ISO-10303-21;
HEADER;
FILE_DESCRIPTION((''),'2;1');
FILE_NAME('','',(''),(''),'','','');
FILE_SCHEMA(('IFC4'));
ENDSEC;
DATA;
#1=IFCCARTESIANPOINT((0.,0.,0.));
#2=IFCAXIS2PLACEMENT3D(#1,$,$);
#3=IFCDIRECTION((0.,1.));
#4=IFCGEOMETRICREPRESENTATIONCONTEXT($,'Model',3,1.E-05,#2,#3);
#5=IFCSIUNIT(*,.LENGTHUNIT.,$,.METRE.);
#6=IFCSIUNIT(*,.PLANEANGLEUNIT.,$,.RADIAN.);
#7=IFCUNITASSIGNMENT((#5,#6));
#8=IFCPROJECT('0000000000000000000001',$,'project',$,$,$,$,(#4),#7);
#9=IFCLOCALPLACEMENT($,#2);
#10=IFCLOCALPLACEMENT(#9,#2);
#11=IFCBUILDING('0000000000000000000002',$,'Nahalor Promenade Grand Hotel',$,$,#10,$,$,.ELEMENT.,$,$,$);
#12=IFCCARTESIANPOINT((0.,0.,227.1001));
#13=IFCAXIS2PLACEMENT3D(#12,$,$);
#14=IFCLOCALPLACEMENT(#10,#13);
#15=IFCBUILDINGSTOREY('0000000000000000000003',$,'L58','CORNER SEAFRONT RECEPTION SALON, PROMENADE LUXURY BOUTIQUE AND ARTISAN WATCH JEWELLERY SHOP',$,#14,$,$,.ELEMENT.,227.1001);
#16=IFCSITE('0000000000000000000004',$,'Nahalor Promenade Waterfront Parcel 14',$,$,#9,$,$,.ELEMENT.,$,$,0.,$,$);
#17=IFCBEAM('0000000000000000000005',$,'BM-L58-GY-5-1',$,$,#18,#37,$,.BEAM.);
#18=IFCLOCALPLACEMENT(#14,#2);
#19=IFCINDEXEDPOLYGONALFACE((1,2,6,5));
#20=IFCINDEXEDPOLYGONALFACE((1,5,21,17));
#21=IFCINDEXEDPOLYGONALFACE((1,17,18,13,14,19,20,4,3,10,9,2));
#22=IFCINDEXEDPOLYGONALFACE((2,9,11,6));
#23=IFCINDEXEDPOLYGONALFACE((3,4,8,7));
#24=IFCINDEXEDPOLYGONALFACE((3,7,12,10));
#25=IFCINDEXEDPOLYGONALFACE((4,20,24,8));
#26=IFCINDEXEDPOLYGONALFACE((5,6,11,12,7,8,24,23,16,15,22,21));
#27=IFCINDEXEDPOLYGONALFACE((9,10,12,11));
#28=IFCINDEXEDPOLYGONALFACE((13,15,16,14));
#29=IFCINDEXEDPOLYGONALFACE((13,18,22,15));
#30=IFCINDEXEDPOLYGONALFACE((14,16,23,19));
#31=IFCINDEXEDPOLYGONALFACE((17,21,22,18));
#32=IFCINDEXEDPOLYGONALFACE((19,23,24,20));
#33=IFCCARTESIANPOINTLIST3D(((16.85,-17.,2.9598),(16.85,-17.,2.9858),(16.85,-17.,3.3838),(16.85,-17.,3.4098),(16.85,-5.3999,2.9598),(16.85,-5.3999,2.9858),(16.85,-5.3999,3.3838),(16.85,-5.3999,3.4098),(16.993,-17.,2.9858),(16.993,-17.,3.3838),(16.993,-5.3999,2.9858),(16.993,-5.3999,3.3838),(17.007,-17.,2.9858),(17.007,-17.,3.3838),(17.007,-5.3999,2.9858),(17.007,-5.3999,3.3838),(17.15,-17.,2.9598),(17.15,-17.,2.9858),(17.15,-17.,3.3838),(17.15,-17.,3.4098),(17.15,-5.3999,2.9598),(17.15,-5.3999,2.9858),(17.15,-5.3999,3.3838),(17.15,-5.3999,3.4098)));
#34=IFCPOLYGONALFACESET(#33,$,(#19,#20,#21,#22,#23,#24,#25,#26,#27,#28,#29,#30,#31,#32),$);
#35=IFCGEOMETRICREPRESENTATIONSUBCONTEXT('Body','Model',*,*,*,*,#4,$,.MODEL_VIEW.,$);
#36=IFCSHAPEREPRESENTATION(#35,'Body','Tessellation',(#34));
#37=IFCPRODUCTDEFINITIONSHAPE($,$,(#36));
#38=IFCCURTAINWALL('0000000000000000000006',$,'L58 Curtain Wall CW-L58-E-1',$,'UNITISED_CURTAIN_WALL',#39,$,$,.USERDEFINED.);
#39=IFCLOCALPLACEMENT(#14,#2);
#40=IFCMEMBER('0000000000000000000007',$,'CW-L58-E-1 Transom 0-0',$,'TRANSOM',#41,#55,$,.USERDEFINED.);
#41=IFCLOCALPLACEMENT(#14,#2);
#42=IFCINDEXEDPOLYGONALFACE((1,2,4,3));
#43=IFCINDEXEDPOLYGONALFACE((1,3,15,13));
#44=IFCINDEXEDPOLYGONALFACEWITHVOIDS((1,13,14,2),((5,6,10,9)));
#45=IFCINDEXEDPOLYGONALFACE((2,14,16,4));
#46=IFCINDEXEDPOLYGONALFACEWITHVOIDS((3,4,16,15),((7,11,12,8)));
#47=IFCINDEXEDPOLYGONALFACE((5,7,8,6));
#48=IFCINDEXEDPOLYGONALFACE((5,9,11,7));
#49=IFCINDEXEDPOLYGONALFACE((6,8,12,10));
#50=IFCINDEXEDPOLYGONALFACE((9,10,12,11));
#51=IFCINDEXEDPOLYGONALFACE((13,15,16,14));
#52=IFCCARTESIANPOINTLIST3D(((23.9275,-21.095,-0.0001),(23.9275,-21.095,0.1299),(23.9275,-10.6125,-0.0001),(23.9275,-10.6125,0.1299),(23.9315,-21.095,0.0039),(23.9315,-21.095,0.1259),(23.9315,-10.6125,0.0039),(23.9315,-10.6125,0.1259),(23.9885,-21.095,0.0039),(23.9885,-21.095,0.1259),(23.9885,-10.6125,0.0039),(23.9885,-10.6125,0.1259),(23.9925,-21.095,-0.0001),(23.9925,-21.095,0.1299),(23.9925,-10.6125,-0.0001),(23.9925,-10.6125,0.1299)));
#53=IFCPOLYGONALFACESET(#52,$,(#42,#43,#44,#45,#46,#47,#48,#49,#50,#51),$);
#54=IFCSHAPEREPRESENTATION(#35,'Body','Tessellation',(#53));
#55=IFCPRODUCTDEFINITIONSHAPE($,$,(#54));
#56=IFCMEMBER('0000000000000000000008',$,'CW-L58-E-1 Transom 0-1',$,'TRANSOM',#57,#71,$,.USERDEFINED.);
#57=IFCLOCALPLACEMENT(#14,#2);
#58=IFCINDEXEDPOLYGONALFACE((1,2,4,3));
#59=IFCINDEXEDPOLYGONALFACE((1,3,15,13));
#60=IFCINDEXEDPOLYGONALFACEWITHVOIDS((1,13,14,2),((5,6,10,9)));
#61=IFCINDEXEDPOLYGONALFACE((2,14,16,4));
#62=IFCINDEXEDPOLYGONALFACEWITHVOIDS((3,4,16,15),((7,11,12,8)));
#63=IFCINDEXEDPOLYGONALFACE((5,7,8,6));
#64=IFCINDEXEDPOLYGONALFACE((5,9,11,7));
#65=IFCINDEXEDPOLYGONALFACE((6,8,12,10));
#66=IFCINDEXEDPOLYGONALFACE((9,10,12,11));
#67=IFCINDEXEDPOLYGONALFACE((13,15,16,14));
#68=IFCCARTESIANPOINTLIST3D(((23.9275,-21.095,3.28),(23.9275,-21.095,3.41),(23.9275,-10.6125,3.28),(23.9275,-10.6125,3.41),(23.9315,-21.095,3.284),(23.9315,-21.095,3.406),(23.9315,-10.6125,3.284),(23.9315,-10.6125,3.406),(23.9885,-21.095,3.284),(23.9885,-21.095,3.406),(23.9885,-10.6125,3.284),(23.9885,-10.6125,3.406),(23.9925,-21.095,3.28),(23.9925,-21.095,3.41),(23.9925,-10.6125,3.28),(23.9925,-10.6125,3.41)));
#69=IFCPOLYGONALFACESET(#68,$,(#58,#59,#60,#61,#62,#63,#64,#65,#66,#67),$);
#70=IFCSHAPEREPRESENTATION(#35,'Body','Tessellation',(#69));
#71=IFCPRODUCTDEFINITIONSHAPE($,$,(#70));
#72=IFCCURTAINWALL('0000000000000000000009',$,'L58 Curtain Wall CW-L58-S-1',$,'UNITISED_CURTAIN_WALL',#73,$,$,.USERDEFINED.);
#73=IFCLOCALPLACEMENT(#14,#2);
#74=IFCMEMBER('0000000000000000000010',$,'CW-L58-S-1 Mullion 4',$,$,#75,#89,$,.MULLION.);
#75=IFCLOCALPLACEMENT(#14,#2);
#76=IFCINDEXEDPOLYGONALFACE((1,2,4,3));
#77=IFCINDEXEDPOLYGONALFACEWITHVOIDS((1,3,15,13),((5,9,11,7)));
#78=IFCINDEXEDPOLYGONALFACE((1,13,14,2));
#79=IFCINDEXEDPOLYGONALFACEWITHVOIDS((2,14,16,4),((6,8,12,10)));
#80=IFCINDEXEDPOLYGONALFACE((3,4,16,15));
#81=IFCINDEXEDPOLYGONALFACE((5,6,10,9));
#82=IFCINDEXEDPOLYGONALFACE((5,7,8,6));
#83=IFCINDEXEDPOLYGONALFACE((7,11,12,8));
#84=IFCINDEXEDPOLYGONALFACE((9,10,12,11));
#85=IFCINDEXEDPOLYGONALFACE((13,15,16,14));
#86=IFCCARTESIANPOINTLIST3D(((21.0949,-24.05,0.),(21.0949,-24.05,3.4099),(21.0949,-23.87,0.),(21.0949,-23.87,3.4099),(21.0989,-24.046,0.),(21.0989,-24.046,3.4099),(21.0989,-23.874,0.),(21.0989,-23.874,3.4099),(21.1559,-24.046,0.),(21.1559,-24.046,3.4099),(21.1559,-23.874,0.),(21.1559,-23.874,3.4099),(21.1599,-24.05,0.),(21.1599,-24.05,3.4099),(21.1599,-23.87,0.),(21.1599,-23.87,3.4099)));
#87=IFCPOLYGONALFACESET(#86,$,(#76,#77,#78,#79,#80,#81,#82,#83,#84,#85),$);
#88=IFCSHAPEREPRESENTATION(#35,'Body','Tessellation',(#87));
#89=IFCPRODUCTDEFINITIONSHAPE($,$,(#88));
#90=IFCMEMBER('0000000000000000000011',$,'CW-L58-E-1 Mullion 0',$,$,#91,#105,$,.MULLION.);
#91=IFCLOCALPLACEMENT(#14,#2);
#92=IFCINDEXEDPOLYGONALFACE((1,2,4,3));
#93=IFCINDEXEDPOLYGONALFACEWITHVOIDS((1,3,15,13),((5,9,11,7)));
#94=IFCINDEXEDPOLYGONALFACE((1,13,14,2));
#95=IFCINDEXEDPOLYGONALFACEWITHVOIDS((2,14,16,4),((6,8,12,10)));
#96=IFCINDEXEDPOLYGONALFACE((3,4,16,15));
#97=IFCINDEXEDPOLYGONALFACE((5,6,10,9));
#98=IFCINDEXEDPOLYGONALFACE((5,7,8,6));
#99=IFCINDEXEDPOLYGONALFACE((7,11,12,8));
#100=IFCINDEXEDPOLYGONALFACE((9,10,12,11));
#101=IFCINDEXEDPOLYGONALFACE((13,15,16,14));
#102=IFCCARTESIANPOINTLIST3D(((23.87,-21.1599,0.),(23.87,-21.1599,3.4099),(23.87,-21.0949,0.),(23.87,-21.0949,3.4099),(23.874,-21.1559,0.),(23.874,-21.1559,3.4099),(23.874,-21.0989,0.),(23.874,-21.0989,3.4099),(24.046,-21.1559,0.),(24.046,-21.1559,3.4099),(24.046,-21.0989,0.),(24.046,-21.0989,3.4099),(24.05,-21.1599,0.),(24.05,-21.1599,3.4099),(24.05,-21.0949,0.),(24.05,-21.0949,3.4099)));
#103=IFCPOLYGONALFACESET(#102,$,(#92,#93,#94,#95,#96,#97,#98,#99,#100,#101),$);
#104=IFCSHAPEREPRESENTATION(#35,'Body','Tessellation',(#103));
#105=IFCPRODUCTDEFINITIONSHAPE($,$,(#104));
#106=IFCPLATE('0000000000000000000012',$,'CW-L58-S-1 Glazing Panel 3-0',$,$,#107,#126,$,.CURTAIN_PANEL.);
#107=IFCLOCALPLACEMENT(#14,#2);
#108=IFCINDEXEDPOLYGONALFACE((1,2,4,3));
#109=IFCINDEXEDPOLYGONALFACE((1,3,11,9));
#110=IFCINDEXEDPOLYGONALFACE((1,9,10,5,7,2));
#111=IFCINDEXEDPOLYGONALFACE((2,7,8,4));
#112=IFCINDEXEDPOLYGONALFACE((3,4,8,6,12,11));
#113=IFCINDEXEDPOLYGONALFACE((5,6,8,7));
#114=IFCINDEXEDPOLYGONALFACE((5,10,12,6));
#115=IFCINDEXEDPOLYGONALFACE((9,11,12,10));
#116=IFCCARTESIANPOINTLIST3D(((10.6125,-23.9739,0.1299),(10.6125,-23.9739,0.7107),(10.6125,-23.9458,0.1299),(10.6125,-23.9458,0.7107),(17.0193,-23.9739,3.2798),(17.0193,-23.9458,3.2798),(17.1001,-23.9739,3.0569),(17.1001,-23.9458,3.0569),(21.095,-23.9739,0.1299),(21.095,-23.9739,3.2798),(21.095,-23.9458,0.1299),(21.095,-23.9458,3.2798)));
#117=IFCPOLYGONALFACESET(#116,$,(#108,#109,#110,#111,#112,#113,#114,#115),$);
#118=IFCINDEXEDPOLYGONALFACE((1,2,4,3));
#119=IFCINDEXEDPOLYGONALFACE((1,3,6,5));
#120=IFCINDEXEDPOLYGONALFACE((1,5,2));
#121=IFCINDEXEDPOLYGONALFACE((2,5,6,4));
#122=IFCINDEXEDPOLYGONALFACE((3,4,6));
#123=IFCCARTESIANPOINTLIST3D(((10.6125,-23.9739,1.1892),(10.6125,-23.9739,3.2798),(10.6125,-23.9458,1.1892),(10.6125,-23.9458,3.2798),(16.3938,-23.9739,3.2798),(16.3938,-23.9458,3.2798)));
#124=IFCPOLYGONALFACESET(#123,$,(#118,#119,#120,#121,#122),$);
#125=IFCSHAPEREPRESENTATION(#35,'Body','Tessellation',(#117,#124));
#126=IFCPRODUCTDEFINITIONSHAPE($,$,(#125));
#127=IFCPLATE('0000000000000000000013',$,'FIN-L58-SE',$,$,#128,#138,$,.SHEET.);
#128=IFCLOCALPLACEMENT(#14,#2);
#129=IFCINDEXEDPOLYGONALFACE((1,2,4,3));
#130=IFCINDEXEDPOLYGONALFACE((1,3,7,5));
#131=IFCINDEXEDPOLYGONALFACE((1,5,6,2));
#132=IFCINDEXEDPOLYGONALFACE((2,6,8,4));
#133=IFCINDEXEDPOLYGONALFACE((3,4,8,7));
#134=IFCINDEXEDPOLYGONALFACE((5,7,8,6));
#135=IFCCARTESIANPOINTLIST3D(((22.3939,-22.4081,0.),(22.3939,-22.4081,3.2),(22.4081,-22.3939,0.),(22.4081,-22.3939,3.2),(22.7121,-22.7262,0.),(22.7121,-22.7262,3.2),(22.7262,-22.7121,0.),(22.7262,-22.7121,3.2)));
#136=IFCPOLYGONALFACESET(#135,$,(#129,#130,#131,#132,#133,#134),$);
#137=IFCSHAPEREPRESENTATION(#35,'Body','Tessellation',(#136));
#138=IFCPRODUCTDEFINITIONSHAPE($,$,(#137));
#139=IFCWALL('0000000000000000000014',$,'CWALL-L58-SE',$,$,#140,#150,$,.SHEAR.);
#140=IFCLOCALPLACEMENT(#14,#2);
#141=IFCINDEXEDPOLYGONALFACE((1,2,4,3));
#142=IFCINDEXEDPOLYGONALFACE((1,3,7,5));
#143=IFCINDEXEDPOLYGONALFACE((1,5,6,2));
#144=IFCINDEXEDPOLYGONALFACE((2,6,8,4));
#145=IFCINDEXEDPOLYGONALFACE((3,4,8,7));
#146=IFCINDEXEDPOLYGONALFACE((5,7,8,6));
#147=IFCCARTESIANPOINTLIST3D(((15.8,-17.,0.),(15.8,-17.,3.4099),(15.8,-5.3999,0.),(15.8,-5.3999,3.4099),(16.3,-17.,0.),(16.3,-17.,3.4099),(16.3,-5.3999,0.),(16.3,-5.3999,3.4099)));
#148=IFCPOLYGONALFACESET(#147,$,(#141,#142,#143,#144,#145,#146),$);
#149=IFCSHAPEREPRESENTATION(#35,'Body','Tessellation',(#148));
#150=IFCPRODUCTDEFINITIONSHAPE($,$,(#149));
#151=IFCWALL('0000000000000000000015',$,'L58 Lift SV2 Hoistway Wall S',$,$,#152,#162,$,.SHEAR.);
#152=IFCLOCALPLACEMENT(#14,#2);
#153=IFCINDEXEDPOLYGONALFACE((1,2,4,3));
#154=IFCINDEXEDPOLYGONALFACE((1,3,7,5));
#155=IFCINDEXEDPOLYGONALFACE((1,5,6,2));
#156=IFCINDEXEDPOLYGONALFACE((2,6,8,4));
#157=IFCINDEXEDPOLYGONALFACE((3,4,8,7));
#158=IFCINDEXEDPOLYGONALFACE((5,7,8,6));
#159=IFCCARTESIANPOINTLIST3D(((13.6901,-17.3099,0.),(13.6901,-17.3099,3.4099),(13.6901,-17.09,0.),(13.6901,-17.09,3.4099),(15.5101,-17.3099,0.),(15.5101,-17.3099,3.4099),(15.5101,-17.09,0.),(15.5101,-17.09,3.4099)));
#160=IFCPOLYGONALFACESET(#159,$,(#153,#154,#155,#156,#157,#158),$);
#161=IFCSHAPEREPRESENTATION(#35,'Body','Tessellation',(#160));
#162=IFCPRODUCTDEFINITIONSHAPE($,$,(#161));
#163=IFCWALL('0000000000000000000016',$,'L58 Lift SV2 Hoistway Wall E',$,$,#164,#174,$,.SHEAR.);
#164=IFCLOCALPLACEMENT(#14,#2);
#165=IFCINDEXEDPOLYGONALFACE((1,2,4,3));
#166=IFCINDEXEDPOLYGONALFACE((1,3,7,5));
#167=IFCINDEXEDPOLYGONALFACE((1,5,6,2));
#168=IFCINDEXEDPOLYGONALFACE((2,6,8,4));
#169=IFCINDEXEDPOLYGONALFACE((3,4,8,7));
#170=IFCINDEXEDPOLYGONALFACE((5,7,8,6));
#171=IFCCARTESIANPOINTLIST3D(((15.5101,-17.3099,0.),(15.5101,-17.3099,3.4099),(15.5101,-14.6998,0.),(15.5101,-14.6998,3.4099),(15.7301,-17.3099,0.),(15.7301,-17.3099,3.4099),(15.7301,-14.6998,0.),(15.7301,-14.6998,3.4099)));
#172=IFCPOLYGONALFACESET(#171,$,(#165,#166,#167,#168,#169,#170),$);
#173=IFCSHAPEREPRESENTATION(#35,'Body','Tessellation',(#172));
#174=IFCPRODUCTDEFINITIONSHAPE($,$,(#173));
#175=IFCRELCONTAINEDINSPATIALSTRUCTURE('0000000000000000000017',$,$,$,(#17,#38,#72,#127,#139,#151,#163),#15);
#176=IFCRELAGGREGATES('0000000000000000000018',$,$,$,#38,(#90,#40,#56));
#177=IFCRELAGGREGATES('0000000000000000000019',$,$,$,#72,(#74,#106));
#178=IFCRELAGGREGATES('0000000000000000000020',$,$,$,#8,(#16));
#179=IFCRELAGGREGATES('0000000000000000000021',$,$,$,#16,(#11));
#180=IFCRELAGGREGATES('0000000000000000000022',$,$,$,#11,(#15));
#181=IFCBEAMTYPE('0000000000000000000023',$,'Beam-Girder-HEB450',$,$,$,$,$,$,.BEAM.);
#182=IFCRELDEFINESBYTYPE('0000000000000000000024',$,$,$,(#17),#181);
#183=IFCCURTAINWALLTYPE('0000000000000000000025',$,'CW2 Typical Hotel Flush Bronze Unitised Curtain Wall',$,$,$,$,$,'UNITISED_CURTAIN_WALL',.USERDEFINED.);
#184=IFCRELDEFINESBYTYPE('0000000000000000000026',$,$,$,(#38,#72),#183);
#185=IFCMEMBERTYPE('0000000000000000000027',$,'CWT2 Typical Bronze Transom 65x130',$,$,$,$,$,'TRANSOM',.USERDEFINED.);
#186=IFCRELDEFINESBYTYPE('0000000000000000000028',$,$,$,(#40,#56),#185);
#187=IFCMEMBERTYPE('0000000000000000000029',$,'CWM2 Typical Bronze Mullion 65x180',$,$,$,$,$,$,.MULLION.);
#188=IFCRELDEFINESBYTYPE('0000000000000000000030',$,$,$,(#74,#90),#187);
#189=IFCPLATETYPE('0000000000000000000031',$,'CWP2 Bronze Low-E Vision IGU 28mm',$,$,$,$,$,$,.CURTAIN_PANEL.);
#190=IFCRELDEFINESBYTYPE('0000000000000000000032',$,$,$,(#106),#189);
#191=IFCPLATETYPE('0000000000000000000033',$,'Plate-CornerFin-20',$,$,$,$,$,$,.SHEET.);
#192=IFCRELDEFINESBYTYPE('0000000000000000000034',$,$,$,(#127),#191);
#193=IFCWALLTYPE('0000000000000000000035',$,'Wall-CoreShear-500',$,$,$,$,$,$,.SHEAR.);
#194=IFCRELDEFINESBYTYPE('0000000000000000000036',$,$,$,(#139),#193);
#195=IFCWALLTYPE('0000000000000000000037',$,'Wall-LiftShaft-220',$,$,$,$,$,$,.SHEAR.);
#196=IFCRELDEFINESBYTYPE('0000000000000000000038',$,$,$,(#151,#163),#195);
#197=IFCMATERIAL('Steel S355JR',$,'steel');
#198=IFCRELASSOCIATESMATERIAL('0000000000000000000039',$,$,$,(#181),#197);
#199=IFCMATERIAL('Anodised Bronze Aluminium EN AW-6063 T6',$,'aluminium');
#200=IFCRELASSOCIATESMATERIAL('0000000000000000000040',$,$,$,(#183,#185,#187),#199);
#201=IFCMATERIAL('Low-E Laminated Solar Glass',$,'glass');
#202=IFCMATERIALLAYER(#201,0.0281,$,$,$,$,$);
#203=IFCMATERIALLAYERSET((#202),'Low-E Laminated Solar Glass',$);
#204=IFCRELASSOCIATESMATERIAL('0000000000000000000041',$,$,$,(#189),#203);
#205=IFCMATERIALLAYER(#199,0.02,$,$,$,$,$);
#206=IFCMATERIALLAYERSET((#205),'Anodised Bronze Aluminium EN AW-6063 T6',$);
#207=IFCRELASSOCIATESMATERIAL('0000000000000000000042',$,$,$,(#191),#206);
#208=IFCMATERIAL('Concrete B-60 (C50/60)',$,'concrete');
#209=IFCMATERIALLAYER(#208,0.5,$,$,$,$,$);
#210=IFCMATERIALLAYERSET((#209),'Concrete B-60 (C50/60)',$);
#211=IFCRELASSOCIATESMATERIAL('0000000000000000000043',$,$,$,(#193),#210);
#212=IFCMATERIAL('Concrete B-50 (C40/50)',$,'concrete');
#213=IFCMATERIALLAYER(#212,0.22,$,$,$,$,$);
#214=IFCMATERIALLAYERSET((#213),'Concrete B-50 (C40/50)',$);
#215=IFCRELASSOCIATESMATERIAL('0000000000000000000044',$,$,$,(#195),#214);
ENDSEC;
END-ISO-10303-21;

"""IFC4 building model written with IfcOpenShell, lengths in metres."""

from ifc_helpers import new_model, si_unit, direction, frame, frame_2d, origin, origin_2d, place, context, subcontext, project, spatial, polyline, rectangle, hollow_rectangle, i_section, outline, extrude, source, transform, mapped, material, layer, layer_set, material_profile, profile_set, type_object, element, aggregate, save


model = new_model("IFC4")

# Units and contexts
model_context = context("Model", 3, precision=1e-05, world=origin(), true_north=direction((0.0, 1.0)))
body_context = subcontext(model_context, "Body", "Model", "MODEL_VIEW")
ifc_project = project(units=[si_unit("LENGTHUNIT", "METRE"), si_unit("PLANEANGLEUNIT", "RADIAN")], contexts=[model_context])

# Site, building, storey
site_placement = place(None, origin())
site = spatial("IfcSite", under=ifc_project, at=site_placement, Name="Nahalor Promenade Waterfront Parcel 14", CompositionType="ELEMENT", RefElevation=0.0)
building_placement = place(site_placement, origin())
building = spatial("IfcBuilding", under=site, at=building_placement, Name="Nahalor Promenade Grand Hotel", CompositionType="ELEMENT")
storey_placement = place(building_placement, frame((0.0, 0.0, 227.1001)))
storey = spatial("IfcBuildingStorey", under=building, at=storey_placement, Name="L58", Description="CORNER SEAFRONT RECEPTION SALON, PROMENADE LUXURY BOUTIQUE AND ARTISAN WATCH JEWELLERY SHOP", CompositionType="ELEMENT", Elevation=227.1001)

# Shared definitions
ifc_material_1 = material(Name="Concrete B-60 (C50/60)", Category="concrete")
ifc_material_2 = material(Name="Steel S355JR", Category="steel")

# Beam
ifc_material_profile_1 = material_profile(ifc_material_2, i_section(OverallWidth=0.3, OverallDepth=0.45, WebThickness=0.014, FlangeThickness=0.026, at=origin_2d()), Name="HEB 450")
ifc_profile_set_1 = profile_set([ifc_material_profile_1], Name="Steel S355JR")
beam_type_1 = type_object("IfcBeamType", Name="Beam-Girder-HEB450", PredefinedType="BEAM", material=ifc_profile_set_1)
shared_shape_1 = source(origin(), body_context, "Body", "SweptSolid", [
    extrude(i_section(OverallWidth=0.3, OverallDepth=0.45, WebThickness=0.014, FlangeThickness=0.026, at=origin_2d()), origin(), (0.0, 0.0, 1.0), 11.6001),
])
beam_1_placement = place(storey_placement, frame((17.0, -17.0, 3.1848), z_axis=(0.0, 1.0, 0.0), x_axis=(-1.0, 0.0, 0.0)))
element("IfcBeam", 1, at=beam_1_placement, inside=storey, type_object=beam_type_1, Name="BM-L58-GY-5-1", PredefinedType="BEAM", context=body_context, shape_type="MappedRepresentation", body=[
    mapped(shared_shape_1, transform((0.0, 0.0, 0.0), scale=1.0)),
])

# Curtain wall, members
ifc_material_3 = material(Name="Anodised Bronze Aluminium EN AW-6063 T6", Category="aluminium")
curtain_wall_type = type_object("IfcCurtainWallType", Name="CW2 Typical Hotel Flush Bronze Unitised Curtain Wall", ElementType="UNITISED_CURTAIN_WALL", PredefinedType="USERDEFINED", material=ifc_material_3)
curtain_wall_1_placement = place(storey_placement, origin())
curtain_wall_1 = element("IfcCurtainWall", 2, at=curtain_wall_1_placement, inside=storey, type_object=curtain_wall_type, Name="L58 Curtain Wall CW-L58-E-1", ObjectType="UNITISED_CURTAIN_WALL", PredefinedType="USERDEFINED")
ifc_material_profile_2 = material_profile(ifc_material_3, hollow_rectangle(XDim=0.065, YDim=0.13, WallThickness=0.004, at=origin_2d()), Name="CWT 65x130x4")
ifc_profile_set_2 = profile_set([ifc_material_profile_2], Name="Anodised Bronze Aluminium EN AW-6063 T6")
member_type_1 = type_object("IfcMemberType", Name="CWT2 Typical Bronze Transom 65x130", ElementType="TRANSOM", PredefinedType="USERDEFINED", material=ifc_profile_set_2)
shared_shape_2 = source(origin(), body_context, "Body", "SweptSolid", [
    extrude(hollow_rectangle(XDim=0.065, YDim=0.13, WallThickness=0.004, at=origin_2d()), origin(), (0.0, 0.0, 1.0), 10.4824),
])
member_1_placement = place(storey_placement, frame((23.96, -21.095, 0.0649), z_axis=(0.0, 1.0, 0.0), x_axis=(-1.0, 0.0, 0.0)))
member_1 = element("IfcMember", 3, at=member_1_placement, type_object=member_type_1, Name="CW-L58-E-1 Transom 0-0", ObjectType="TRANSOM", PredefinedType="USERDEFINED", context=body_context, shape_type="MappedRepresentation", body=[
    mapped(shared_shape_2, transform((0.0, 0.0, 0.0), scale=1.0)),
])
member_2_placement = place(storey_placement, frame((23.96, -21.095, 3.345), z_axis=(0.0, 1.0, 0.0), x_axis=(-1.0, 0.0, 0.0)))
member_2 = element("IfcMember", 4, at=member_2_placement, type_object=member_type_1, Name="CW-L58-E-1 Transom 0-1", ObjectType="TRANSOM", PredefinedType="USERDEFINED", context=body_context, shape_type="MappedRepresentation", body=[
    mapped(shared_shape_2, transform((0.0, 0.0, 0.0), scale=1.0)),
])

# Curtain wall, member
curtain_wall_2_placement = place(storey_placement, origin())
curtain_wall_2 = element("IfcCurtainWall", 5, at=curtain_wall_2_placement, inside=storey, type_object=curtain_wall_type, Name="L58 Curtain Wall CW-L58-S-1", ObjectType="UNITISED_CURTAIN_WALL", PredefinedType="USERDEFINED")
ifc_material_profile_3 = material_profile(ifc_material_3, hollow_rectangle(XDim=0.065, YDim=0.18, WallThickness=0.004, at=origin_2d()), Name="CWM 65x180x4")
ifc_profile_set_3 = profile_set([ifc_material_profile_3], Name="Anodised Bronze Aluminium EN AW-6063 T6")
member_type_2 = type_object("IfcMemberType", Name="CWM2 Typical Bronze Mullion 65x180", PredefinedType="MULLION", material=ifc_profile_set_3)
shared_shape_3 = source(origin(), body_context, "Body", "SweptSolid", [
    extrude(hollow_rectangle(XDim=0.065, YDim=0.18, WallThickness=0.004, at=origin_2d()), origin(), (0.0, 0.0, 1.0), 3.4099),
])
member_3_placement = place(storey_placement, frame((21.1274, -23.96, 0.0), z_axis=(0.0, 0.0, 1.0), x_axis=(1.0, 0.0, 0.0)))
member_3 = element("IfcMember", 6, at=member_3_placement, type_object=member_type_2, Name="CW-L58-S-1 Mullion 4", PredefinedType="MULLION", context=body_context, shape_type="MappedRepresentation", body=[
    mapped(shared_shape_3, transform((0.0, 0.0, 0.0), scale=1.0)),
])

# Member
member_4_placement = place(storey_placement, frame((23.96, -21.1274, 0.0), z_axis=(0.0, 0.0, 1.0), x_axis=(0.0, 1.0, 0.0)))
member_4 = element("IfcMember", 7, at=member_4_placement, type_object=member_type_2, Name="CW-L58-E-1 Mullion 0", PredefinedType="MULLION", context=body_context, shape_type="MappedRepresentation", body=[
    mapped(shared_shape_3, transform((0.0, 0.0, 0.0), scale=1.0)),
])
aggregate(curtain_wall_1, [member_4, member_1, member_2])

# Plates
ifc_material_4 = material(Name="Low-E Laminated Solar Glass", Category="glass")
ifc_layer_1 = layer(ifc_material_4, 0.0281)
ifc_layer_set_1 = layer_set([ifc_layer_1], Name="Low-E Laminated Solar Glass")
plate_type_1 = type_object("IfcPlateType", Name="CWP2 Bronze Low-E Vision IGU 28mm", PredefinedType="CURTAIN_PANEL", material=ifc_layer_set_1)
plate_1_placement = place(storey_placement, frame((15.8538, -23.96, 0.1299), z_axis=(0.0, 0.0, 1.0), x_axis=(1.0, 0.0, 0.0)))
plate_1 = element("IfcPlate", 8, at=plate_1_placement, type_object=plate_type_1, Name="CW-L58-S-1 Glazing Panel 3-0", PredefinedType="CURTAIN_PANEL", context=body_context, shape_type="SweptSolid", body=[
    extrude(outline(polyline([(5.2412, 0.0), (5.2412, 3.1499), (1.1655, 3.1499), (1.2463, 2.927), (-5.2412, 0.5808), (-5.2412, 0.0), (5.2412, 0.0)])), frame((0.0, 0.0142, 0.0), z_axis=(0.0, -1.0, 0.0), x_axis=(1.0, 0.0, 0.0)), (0.0, 0.0, 1.0), 0.0281),
    extrude(outline(polyline([(0.54, 3.1499), (-5.2412, 3.1499), (-5.2412, 1.0593), (0.54, 3.1499)])), frame((0.0, 0.0142, 0.0), z_axis=(0.0, -1.0, 0.0), x_axis=(1.0, 0.0, 0.0)), (0.0, 0.0, 1.0), 0.0281),
])
aggregate(curtain_wall_2, [member_3, plate_1])
ifc_layer_2 = layer(ifc_material_3, 0.02)
ifc_layer_set_2 = layer_set([ifc_layer_2], Name="Anodised Bronze Aluminium EN AW-6063 T6")
plate_type_2 = type_object("IfcPlateType", Name="Plate-CornerFin-20", PredefinedType="SHEET", material=ifc_layer_set_2)
shared_shape_4 = source(origin(), body_context, "Body", "SweptSolid", [
    extrude(rectangle(XDim=0.45, YDim=0.02, at=origin_2d()), origin(), (0.0, 0.0, 1.0), 3.2),
])
plate_2_placement = place(storey_placement, frame((22.5601, -22.5601, 0.0), z_axis=(0.0, 0.0, 1.0), x_axis=(-0.707107, 0.707107, 0.0)))
element("IfcPlate", 9, at=plate_2_placement, inside=storey, type_object=plate_type_2, Name="FIN-L58-SE", PredefinedType="SHEET", context=body_context, shape_type="MappedRepresentation", body=[
    mapped(shared_shape_4, transform((0.0, 0.0, 0.0), scale=1.0)),
])

# Walls
ifc_layer_3 = layer(ifc_material_1, 0.5)
ifc_layer_set_3 = layer_set([ifc_layer_3], Name="Concrete B-60 (C50/60)")
wall_type_1 = type_object("IfcWallType", Name="Wall-CoreShear-500", PredefinedType="SHEAR", material=ifc_layer_set_3)
shared_shape_5 = source(origin(), body_context, "Body", "SweptSolid", [
    extrude(rectangle(XDim=11.6001, YDim=0.5, at=frame_2d((5.8, 0.0))), origin(), (0.0, 0.0, 1.0), 3.4099),
])
wall_1_placement = place(storey_placement, frame((16.05, -17.0, 0.0), z_axis=(0.0, 0.0, 1.0), x_axis=(0.0, 1.0, 0.0)))
element("IfcWall", 10, at=wall_1_placement, inside=storey, type_object=wall_type_1, Name="CWALL-L58-SE", PredefinedType="SHEAR", context=body_context, shape_type="MappedRepresentation", body=[
    mapped(shared_shape_5, transform((0.0, 0.0, 0.0), scale=1.0)),
])
ifc_material_5 = material(Name="Concrete B-50 (C40/50)", Category="concrete")
ifc_layer_4 = layer(ifc_material_5, 0.22)
ifc_layer_set_4 = layer_set([ifc_layer_4], Name="Concrete B-50 (C40/50)")
wall_type_2 = type_object("IfcWallType", Name="Wall-LiftShaft-220", PredefinedType="SHEAR", material=ifc_layer_set_4)
shared_shape_6 = source(origin(), body_context, "Body", "SweptSolid", [
    extrude(rectangle(XDim=1.8201, YDim=0.22, at=frame_2d((0.9102, 0.0))), origin(), (0.0, 0.0, 1.0), 3.4099),
])
wall_2_placement = place(storey_placement, frame((13.6899, -17.2, 0.0), z_axis=(0.0, 0.0, 1.0), x_axis=(1.0, 0.0, 0.0)))
element("IfcWall", 11, at=wall_2_placement, inside=storey, type_object=wall_type_2, Name="L58 Lift SV2 Hoistway Wall S", PredefinedType="SHEAR", context=body_context, shape_type="MappedRepresentation", body=[
    mapped(shared_shape_6, transform((0.0, 0.0, 0.0), scale=1.0)),
])
shared_shape_7 = source(origin(), body_context, "Body", "SweptSolid", [
    extrude(rectangle(XDim=2.6101, YDim=0.22, at=frame_2d((1.3052, 0.0))), origin(), (0.0, 0.0, 1.0), 3.4099),
])
wall_3_placement = place(storey_placement, frame((15.6201, -17.3101, 0.0), z_axis=(0.0, 0.0, 1.0), x_axis=(0.0, 1.0, 0.0)))
element("IfcWall", 12, at=wall_3_placement, inside=storey, type_object=wall_type_2, Name="L58 Lift SV2 Hoistway Wall E", PredefinedType="SHEAR", context=body_context, shape_type="MappedRepresentation", body=[
    mapped(shared_shape_7, transform((0.0, 0.0, 0.0), scale=1.0)),
])

save(model, "model.ifc")
